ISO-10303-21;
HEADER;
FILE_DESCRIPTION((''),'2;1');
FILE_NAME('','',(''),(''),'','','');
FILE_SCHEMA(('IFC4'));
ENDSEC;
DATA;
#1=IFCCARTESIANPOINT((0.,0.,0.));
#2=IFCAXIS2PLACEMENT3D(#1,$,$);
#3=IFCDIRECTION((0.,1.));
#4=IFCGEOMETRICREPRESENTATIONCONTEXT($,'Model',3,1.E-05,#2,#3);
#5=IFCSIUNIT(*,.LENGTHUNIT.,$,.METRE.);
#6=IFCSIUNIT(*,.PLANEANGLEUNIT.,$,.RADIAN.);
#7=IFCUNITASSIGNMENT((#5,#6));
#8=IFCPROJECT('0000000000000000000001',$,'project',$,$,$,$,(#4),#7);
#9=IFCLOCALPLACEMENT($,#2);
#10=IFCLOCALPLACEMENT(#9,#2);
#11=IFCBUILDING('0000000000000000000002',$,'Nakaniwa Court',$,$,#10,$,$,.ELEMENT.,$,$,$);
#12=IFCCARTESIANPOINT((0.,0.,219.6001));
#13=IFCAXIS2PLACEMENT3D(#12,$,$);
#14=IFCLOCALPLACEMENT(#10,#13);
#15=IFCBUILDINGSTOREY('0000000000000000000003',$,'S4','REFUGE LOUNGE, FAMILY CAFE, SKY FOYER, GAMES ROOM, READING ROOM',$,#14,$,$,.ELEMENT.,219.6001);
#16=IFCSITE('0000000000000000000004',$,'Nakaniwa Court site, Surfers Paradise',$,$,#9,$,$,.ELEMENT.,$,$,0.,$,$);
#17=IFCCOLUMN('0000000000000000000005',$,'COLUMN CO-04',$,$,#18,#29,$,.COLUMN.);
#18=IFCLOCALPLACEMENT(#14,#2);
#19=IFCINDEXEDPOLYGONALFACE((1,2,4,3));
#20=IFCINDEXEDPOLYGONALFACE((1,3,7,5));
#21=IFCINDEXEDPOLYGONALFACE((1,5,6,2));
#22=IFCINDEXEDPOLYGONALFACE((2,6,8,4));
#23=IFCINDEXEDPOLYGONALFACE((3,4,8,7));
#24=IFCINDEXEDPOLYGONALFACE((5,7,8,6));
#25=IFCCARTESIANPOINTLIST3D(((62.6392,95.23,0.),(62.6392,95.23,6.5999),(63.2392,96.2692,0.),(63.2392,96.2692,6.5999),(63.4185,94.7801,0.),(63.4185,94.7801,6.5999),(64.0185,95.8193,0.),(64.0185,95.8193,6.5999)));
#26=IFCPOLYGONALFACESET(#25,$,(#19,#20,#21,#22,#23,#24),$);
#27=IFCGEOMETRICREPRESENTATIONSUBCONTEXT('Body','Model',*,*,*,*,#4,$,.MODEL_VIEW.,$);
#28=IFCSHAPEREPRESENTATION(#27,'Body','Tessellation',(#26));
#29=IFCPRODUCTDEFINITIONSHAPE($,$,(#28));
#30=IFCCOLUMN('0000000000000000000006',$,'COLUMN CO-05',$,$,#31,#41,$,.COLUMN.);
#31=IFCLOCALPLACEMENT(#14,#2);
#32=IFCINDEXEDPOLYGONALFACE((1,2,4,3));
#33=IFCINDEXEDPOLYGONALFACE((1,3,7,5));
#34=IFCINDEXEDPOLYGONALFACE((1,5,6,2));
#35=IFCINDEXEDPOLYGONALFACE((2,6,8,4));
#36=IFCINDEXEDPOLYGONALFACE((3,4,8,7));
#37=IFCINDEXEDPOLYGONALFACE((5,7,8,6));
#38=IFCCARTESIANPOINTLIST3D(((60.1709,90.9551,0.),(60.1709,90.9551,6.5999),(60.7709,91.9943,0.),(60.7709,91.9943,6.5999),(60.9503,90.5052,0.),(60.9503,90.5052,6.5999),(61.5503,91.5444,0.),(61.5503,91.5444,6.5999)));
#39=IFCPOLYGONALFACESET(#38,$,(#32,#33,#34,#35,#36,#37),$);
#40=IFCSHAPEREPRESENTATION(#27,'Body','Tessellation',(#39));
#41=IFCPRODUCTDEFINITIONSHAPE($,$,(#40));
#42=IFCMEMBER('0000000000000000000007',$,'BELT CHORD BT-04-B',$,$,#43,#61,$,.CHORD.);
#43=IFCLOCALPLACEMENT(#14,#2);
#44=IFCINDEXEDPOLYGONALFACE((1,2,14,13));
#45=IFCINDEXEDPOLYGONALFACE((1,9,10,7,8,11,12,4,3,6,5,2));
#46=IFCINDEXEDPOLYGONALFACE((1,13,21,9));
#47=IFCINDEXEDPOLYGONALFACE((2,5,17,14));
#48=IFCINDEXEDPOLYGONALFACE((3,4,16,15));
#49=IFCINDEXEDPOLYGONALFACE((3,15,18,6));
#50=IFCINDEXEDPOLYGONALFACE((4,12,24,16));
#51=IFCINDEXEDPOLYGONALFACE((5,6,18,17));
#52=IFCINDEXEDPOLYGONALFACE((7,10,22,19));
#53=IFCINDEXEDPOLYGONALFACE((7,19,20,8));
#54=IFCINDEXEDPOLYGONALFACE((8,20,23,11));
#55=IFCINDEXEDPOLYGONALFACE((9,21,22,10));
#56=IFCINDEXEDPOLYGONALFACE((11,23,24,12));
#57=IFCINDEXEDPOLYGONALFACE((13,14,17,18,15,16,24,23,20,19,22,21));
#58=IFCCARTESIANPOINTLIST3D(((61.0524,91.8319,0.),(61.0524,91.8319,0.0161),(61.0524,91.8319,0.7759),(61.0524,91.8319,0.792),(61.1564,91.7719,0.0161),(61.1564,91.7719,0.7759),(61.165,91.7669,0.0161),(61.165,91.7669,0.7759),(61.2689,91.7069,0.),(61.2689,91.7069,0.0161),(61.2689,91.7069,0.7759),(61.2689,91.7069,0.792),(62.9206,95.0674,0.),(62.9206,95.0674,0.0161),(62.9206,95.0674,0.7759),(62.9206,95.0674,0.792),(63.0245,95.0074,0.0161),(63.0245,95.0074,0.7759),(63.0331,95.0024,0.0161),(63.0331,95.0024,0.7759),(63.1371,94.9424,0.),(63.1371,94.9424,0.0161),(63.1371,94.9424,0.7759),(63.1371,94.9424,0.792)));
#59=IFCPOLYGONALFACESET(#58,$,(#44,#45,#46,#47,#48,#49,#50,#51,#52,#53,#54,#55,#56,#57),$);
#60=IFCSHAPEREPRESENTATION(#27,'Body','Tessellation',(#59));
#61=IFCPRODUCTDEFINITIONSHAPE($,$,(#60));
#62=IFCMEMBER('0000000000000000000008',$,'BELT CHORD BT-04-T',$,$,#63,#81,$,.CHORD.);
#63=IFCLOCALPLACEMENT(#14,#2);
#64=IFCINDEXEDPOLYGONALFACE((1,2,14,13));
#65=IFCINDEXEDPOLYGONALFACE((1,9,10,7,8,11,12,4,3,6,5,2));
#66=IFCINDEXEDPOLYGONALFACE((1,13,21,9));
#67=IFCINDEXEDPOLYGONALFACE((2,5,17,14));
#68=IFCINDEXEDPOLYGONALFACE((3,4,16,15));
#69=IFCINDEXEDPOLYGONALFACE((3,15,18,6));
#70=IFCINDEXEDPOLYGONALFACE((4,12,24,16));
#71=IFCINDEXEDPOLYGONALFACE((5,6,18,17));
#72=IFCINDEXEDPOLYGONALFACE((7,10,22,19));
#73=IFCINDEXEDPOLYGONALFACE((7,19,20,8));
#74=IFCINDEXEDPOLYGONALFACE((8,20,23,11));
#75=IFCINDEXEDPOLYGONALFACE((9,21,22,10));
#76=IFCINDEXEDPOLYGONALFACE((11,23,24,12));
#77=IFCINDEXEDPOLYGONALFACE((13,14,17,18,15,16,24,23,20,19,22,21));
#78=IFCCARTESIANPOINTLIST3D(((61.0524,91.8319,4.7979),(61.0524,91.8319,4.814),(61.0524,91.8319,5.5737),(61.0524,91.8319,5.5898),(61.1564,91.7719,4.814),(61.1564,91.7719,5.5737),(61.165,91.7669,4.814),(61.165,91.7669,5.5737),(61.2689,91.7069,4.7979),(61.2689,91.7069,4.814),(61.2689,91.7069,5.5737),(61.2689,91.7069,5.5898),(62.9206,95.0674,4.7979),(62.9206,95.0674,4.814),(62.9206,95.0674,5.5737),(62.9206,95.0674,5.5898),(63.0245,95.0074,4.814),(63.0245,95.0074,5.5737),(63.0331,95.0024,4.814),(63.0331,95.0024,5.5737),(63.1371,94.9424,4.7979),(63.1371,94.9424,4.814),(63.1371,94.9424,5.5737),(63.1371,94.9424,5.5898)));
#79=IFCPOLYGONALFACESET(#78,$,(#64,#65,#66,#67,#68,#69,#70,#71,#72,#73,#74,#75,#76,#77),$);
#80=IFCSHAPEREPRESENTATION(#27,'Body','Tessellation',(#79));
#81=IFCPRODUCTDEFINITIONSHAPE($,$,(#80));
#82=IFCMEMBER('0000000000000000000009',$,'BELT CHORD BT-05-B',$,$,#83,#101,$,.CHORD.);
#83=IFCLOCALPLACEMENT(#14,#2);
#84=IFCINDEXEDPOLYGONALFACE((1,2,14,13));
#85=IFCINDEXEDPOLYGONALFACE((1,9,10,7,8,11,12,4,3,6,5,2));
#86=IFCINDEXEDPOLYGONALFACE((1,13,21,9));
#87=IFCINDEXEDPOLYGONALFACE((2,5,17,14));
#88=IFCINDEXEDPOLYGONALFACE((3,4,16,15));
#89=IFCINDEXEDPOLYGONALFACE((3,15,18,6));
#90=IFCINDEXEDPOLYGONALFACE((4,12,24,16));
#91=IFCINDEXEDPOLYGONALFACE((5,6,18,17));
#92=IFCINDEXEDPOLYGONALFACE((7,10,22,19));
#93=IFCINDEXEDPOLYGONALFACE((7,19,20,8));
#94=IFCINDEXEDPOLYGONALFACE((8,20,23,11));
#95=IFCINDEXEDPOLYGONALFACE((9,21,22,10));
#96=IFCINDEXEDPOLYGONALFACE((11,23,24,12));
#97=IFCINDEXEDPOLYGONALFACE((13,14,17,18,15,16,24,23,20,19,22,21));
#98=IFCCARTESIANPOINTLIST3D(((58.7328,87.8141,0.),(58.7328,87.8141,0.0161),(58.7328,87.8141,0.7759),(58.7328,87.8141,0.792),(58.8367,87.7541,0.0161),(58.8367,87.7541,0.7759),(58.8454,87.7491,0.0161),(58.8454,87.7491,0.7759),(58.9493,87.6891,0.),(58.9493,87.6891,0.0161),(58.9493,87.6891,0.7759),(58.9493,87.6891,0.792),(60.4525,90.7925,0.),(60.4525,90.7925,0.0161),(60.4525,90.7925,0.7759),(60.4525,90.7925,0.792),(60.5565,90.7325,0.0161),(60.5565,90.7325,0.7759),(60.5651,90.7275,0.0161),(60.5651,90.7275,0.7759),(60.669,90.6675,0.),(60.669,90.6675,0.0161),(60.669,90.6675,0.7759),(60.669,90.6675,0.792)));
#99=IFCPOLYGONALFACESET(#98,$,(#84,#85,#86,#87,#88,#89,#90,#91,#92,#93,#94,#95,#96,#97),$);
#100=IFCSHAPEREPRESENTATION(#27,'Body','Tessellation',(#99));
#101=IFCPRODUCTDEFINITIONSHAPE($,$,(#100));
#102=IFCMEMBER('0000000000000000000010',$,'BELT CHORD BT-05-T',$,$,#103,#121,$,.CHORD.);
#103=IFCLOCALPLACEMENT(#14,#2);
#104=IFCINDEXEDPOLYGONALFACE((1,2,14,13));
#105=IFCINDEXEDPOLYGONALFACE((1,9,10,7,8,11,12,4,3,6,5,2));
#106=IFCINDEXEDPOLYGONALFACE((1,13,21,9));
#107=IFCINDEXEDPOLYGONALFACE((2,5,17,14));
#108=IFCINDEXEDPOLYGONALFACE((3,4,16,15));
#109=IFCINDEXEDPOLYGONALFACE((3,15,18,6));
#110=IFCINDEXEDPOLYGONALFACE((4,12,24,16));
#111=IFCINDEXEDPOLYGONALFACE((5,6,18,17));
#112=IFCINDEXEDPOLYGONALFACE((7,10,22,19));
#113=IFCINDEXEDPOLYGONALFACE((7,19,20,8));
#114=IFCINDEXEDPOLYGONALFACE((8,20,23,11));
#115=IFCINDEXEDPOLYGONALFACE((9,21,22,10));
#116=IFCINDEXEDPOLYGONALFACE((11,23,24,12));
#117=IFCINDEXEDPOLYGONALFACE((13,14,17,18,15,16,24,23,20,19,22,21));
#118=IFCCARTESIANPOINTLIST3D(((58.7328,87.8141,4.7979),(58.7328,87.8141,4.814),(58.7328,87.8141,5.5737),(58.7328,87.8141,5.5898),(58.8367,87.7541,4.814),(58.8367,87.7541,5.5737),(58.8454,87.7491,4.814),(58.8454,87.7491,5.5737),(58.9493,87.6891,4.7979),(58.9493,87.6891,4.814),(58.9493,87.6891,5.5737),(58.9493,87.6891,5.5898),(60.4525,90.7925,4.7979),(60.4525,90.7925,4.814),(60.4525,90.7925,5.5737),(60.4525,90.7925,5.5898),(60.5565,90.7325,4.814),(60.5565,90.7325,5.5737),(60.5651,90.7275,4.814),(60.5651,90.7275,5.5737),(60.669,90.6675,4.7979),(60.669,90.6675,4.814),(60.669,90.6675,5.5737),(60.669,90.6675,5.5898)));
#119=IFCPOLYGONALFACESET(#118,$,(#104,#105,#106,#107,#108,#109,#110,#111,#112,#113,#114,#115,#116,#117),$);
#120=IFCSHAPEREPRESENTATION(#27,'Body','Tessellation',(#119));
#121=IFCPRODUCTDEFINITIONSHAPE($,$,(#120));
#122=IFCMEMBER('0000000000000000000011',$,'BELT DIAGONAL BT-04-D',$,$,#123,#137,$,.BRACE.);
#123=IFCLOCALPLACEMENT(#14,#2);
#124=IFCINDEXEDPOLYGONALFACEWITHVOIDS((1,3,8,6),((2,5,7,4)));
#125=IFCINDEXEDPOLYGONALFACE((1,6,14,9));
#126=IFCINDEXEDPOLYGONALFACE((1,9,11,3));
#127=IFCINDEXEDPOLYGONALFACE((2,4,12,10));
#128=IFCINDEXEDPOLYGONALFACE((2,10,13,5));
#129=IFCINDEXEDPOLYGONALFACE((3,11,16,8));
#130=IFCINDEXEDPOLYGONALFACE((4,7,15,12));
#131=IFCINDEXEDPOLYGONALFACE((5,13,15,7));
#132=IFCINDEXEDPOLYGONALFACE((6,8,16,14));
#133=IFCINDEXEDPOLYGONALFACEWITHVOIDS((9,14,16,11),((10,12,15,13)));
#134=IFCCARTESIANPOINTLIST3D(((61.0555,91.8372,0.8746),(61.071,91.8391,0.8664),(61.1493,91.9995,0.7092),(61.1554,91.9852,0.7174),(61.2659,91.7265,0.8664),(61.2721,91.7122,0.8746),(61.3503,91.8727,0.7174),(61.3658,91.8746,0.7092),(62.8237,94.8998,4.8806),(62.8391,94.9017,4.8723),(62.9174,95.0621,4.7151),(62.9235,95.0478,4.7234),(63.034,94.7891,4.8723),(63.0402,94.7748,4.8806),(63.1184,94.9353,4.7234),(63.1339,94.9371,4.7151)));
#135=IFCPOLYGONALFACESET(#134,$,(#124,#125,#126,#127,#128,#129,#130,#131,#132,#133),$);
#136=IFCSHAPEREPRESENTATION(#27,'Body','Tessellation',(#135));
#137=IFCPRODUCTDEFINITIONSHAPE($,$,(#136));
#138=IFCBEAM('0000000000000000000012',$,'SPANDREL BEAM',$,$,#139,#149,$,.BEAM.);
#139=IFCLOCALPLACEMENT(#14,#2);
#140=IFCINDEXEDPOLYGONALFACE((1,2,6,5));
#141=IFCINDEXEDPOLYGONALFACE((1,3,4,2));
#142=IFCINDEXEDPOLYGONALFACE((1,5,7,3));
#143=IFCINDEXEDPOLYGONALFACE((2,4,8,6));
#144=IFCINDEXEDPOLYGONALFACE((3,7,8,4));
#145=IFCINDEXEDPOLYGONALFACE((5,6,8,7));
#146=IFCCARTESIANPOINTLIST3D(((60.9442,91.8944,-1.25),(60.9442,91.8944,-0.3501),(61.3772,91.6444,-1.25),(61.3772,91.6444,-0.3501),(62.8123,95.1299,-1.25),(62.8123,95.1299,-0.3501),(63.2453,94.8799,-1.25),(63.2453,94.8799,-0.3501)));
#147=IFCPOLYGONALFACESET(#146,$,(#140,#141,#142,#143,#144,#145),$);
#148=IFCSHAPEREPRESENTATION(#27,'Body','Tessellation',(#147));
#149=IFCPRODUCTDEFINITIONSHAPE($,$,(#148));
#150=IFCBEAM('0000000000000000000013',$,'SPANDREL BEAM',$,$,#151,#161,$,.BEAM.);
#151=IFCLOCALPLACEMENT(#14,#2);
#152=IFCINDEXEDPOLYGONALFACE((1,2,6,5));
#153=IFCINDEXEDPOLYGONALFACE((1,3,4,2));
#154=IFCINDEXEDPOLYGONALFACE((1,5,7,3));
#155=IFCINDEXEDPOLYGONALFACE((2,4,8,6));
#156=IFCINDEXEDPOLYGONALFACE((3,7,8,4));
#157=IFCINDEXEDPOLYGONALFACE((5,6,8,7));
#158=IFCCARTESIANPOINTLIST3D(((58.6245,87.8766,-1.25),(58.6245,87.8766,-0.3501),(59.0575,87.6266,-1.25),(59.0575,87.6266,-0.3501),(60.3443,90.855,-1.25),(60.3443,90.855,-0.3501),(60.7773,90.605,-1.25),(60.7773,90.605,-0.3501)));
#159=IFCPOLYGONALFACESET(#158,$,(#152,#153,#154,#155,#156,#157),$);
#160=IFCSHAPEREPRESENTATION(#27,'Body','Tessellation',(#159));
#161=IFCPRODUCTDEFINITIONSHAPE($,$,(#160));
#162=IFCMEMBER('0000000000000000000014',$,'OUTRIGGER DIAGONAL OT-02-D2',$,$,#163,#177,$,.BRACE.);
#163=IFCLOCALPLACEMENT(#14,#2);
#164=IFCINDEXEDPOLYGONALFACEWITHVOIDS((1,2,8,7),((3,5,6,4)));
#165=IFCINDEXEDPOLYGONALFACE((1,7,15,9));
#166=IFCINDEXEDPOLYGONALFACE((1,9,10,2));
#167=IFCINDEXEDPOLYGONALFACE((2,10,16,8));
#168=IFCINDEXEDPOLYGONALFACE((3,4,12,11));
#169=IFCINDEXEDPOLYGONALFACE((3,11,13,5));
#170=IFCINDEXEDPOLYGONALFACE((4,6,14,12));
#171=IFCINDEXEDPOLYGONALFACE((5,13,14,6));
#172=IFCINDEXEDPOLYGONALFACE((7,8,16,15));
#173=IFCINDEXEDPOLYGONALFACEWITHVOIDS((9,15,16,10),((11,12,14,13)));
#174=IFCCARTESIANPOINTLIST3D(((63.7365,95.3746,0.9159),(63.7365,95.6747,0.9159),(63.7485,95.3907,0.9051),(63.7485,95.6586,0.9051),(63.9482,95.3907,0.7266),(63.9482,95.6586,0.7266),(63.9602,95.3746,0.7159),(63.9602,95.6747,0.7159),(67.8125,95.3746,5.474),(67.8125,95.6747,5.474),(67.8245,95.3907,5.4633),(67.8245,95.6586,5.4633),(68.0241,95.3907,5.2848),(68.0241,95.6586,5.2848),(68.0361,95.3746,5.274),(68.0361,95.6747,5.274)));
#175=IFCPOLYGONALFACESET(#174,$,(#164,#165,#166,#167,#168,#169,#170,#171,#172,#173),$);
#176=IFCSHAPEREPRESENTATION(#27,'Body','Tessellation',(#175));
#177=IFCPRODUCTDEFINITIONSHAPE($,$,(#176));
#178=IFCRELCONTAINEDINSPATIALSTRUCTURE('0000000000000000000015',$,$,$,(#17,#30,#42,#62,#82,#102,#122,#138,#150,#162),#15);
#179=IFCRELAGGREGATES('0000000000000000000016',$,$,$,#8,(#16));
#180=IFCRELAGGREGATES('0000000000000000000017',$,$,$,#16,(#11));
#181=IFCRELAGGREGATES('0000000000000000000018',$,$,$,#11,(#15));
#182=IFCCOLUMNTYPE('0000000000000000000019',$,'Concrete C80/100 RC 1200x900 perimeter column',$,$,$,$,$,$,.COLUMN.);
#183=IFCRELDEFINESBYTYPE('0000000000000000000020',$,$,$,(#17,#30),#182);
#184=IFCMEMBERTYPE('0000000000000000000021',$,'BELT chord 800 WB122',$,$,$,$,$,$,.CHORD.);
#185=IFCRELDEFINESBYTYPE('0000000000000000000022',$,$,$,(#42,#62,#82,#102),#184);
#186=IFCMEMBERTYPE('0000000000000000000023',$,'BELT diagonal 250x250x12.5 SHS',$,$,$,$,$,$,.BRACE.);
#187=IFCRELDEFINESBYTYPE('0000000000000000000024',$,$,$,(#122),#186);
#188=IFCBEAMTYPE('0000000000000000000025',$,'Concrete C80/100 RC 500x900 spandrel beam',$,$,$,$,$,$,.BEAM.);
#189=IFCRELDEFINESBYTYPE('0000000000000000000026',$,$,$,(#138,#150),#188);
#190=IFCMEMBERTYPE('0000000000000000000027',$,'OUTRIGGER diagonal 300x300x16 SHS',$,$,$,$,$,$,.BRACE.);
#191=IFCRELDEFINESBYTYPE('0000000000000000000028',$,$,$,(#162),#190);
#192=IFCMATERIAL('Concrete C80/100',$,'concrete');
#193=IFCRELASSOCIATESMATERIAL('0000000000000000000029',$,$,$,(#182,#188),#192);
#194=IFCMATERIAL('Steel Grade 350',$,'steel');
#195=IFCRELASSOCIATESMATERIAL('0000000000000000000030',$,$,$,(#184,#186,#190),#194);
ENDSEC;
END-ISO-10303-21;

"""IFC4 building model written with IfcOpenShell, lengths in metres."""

from ifc_helpers import new_model, si_unit, direction, frame, origin, origin_2d, place, context, subcontext, project, spatial, rectangle, hollow_rectangle, i_section, extrude, material, material_profile, profile_set, type_object, element, save


model = new_model("IFC4")

# Units and contexts
model_context = context("Model", 3, precision=1e-05, world=origin(), true_north=direction((0.0, 1.0)))
body_context = subcontext(model_context, "Body", "Model", "MODEL_VIEW")
ifc_project = project(units=[si_unit("LENGTHUNIT", "METRE"), si_unit("PLANEANGLEUNIT", "RADIAN")], contexts=[model_context])

# Site, building, storey
site_placement = place(None, origin())
site = spatial("IfcSite", under=ifc_project, at=site_placement, Name="Nakaniwa Court site, Surfers Paradise", CompositionType="ELEMENT", RefElevation=0.0)
building_placement = place(site_placement, origin())
building = spatial("IfcBuilding", under=site, at=building_placement, Name="Nakaniwa Court", CompositionType="ELEMENT")
storey_placement = place(building_placement, frame((0.0, 0.0, 219.6001)))
storey = spatial("IfcBuildingStorey", under=building, at=storey_placement, Name="S4", Description="REFUGE LOUNGE, FAMILY CAFE, SKY FOYER, GAMES ROOM, READING ROOM", CompositionType="ELEMENT", Elevation=219.6001)

# Columns
ifc_material_1 = material(Name="Concrete C80/100", Category="concrete")
ifc_material_profile_1 = material_profile(ifc_material_1, rectangle(XDim=1.2, YDim=0.8999, at=origin_2d()), Name="Concrete C80/100 RC 1200x900 perimeter column")
ifc_profile_set_1 = profile_set([ifc_material_profile_1], Name="Concrete C80/100")
column_type = type_object("IfcColumnType", Name="Concrete C80/100 RC 1200x900 perimeter column", PredefinedType="COLUMN", material=ifc_profile_set_1)
for number, where, z_axis, x_axis, name in (
    (1, (63.3289, 95.5247, 0.0), (0.0, 0.0, 1.0), (-0.5, -0.866025, 0.0), "COLUMN CO-04"),
    (2, (60.8606, 91.2498, 0.0), (0.0, 0.0, 1.0), (-0.5, -0.866025, 0.0), "COLUMN CO-05"),
):
    element("IfcColumn", number, at=place(storey_placement, frame(where, z_axis=z_axis, x_axis=x_axis)), inside=storey, type_object=column_type, Name=name, PredefinedType="COLUMN", context=body_context, shape_type="SweptSolid", body=[
        extrude(rectangle(XDim=1.2, YDim=0.8999, at=origin_2d()), origin(), (0.0, 0.0, 1.0), 6.5999),
    ])

# Members
ifc_material_2 = material(Name="Steel Grade 350", Category="steel")
ifc_material_profile_2 = material_profile(ifc_material_2, i_section(OverallWidth=0.25, OverallDepth=0.792, WebThickness=0.01, FlangeThickness=0.0161, at=origin_2d()), Name="800WB122")
ifc_profile_set_2 = profile_set([ifc_material_profile_2], Name="Steel Grade 350")
member_type_1 = type_object("IfcMemberType", Name="BELT chord 800 WB122", PredefinedType="CHORD", material=ifc_profile_set_2)
for number, where, z_axis, x_axis, name in (
    (3, (63.0288, 95.0049, 0.396), (-0.500018, -0.866015, 0.0), (0.866015, -0.500018, 0.0), "BELT CHORD BT-04-B"),
    (4, (63.0288, 95.0049, 5.1938), (-0.500018, -0.866015, 0.0), (0.866015, -0.500018, 0.0), "BELT CHORD BT-04-T"),
):
    element("IfcMember", number, at=place(storey_placement, frame(where, z_axis=z_axis, x_axis=x_axis)), inside=storey, type_object=member_type_1, Name=name, PredefinedType="CHORD", context=body_context, shape_type="SweptSolid", body=[
        extrude(i_section(OverallWidth=0.25, OverallDepth=0.792, WebThickness=0.01, FlangeThickness=0.0161, at=origin_2d()), origin(), (0.0, 0.0, 1.0), 3.7361),
    ])
for number, where, z_axis, x_axis, name in (
    (5, (60.5608, 90.73, 0.396), (-0.500048, -0.865998, 0.0), (0.865998, -0.500048, 0.0), "BELT CHORD BT-05-B"),
    (6, (60.5608, 90.73, 5.1938), (-0.500048, -0.865998, 0.0), (0.865998, -0.500048, 0.0), "BELT CHORD BT-05-T"),
):
    element("IfcMember", number, at=place(storey_placement, frame(where, z_axis=z_axis, x_axis=x_axis)), inside=storey, type_object=member_type_1, Name=name, PredefinedType="CHORD", context=body_context, shape_type="SweptSolid", body=[
        extrude(i_section(OverallWidth=0.25, OverallDepth=0.792, WebThickness=0.01, FlangeThickness=0.0161, at=origin_2d()), origin(), (0.0, 0.0, 1.0), 3.4392),
    ])
ifc_material_profile_3 = material_profile(ifc_material_2, hollow_rectangle(XDim=0.25, YDim=0.25, WallThickness=0.0125, at=origin_2d()), Name="BELT diagonal 250x250x12.5 SHS")
ifc_profile_set_3 = profile_set([ifc_material_profile_3], Name="Steel Grade 350")
member_type_2 = type_object("IfcMemberType", Name="BELT diagonal 250x250x12.5 SHS", PredefinedType="BRACE", material=ifc_profile_set_3)
member_1_placement = place(storey_placement, frame((62.9788, 94.9185, 4.7979), z_axis=(-0.330888, -0.573137, -0.749684), x_axis=(0.866034, -0.499985, 0.0)))
element("IfcMember", 7, at=member_1_placement, inside=storey, type_object=member_type_2, Name="BELT DIAGONAL BT-04-D", PredefinedType="BRACE", context=body_context, shape_type="SweptSolid", body=[
    extrude(hollow_rectangle(XDim=0.25, YDim=0.25, WallThickness=0.0125, at=origin_2d()), origin(), (0.0, 0.0, 1.0), 5.3435),
])

# Beams
ifc_material_profile_4 = material_profile(ifc_material_1, rectangle(XDim=0.5, YDim=0.8999, at=origin_2d()), Name="Concrete C80/100 RC 500x900 spandrel beam")
ifc_profile_set_4 = profile_set([ifc_material_profile_4], Name="Concrete C80/100")
beam_type = type_object("IfcBeamType", Name="Concrete C80/100 RC 500x900 spandrel beam", PredefinedType="BEAM", material=ifc_profile_set_4)
beam_1_placement = place(storey_placement, frame((63.0288, 95.0049, -0.8), z_axis=(-0.500018, -0.866015, 0.0), x_axis=(0.866015, -0.500018, 0.0)))
element("IfcBeam", 8, at=beam_1_placement, inside=storey, type_object=beam_type, Name="SPANDREL BEAM", PredefinedType="BEAM", context=body_context, shape_type="SweptSolid", body=[
    extrude(rectangle(XDim=0.5, YDim=0.8999, at=origin_2d()), origin(), (0.0, 0.0, 1.0), 3.7361),
])
beam_2_placement = place(storey_placement, frame((60.5608, 90.73, -0.8), z_axis=(-0.500048, -0.865998, 0.0), x_axis=(0.865998, -0.500048, 0.0)))
element("IfcBeam", 9, at=beam_2_placement, inside=storey, type_object=beam_type, Name="SPANDREL BEAM", PredefinedType="BEAM", context=body_context, shape_type="SweptSolid", body=[
    extrude(rectangle(XDim=0.5, YDim=0.8999, at=origin_2d()), origin(), (0.0, 0.0, 1.0), 3.4392),
])

# Member
ifc_material_profile_5 = material_profile(ifc_material_2, hollow_rectangle(XDim=0.3, YDim=0.3, WallThickness=0.0161, at=origin_2d()), Name="OUTRIGGER diagonal 300x300x16 SHS")
ifc_profile_set_5 = profile_set([ifc_material_profile_5], Name="Steel Grade 350")
member_type_3 = type_object("IfcMemberType", Name="OUTRIGGER diagonal 300x300x16 SHS", PredefinedType="BRACE", material=ifc_profile_set_5)
member_2_placement = place(storey_placement, frame((67.9243, 95.5247, 5.374), z_axis=(-0.666579, 0.0, -0.745434), x_axis=(0.0, -1.0, 0.0)))
element("IfcMember", 10, at=member_2_placement, inside=storey, type_object=member_type_3, Name="OUTRIGGER DIAGONAL OT-02-D2", PredefinedType="BRACE", context=body_context, shape_type="SweptSolid", body=[
    extrude(hollow_rectangle(XDim=0.3, YDim=0.3, WallThickness=0.0161, at=origin_2d()), origin(), (0.0, 0.0, 1.0), 6.1147),
])

save(model, "model.ifc")
